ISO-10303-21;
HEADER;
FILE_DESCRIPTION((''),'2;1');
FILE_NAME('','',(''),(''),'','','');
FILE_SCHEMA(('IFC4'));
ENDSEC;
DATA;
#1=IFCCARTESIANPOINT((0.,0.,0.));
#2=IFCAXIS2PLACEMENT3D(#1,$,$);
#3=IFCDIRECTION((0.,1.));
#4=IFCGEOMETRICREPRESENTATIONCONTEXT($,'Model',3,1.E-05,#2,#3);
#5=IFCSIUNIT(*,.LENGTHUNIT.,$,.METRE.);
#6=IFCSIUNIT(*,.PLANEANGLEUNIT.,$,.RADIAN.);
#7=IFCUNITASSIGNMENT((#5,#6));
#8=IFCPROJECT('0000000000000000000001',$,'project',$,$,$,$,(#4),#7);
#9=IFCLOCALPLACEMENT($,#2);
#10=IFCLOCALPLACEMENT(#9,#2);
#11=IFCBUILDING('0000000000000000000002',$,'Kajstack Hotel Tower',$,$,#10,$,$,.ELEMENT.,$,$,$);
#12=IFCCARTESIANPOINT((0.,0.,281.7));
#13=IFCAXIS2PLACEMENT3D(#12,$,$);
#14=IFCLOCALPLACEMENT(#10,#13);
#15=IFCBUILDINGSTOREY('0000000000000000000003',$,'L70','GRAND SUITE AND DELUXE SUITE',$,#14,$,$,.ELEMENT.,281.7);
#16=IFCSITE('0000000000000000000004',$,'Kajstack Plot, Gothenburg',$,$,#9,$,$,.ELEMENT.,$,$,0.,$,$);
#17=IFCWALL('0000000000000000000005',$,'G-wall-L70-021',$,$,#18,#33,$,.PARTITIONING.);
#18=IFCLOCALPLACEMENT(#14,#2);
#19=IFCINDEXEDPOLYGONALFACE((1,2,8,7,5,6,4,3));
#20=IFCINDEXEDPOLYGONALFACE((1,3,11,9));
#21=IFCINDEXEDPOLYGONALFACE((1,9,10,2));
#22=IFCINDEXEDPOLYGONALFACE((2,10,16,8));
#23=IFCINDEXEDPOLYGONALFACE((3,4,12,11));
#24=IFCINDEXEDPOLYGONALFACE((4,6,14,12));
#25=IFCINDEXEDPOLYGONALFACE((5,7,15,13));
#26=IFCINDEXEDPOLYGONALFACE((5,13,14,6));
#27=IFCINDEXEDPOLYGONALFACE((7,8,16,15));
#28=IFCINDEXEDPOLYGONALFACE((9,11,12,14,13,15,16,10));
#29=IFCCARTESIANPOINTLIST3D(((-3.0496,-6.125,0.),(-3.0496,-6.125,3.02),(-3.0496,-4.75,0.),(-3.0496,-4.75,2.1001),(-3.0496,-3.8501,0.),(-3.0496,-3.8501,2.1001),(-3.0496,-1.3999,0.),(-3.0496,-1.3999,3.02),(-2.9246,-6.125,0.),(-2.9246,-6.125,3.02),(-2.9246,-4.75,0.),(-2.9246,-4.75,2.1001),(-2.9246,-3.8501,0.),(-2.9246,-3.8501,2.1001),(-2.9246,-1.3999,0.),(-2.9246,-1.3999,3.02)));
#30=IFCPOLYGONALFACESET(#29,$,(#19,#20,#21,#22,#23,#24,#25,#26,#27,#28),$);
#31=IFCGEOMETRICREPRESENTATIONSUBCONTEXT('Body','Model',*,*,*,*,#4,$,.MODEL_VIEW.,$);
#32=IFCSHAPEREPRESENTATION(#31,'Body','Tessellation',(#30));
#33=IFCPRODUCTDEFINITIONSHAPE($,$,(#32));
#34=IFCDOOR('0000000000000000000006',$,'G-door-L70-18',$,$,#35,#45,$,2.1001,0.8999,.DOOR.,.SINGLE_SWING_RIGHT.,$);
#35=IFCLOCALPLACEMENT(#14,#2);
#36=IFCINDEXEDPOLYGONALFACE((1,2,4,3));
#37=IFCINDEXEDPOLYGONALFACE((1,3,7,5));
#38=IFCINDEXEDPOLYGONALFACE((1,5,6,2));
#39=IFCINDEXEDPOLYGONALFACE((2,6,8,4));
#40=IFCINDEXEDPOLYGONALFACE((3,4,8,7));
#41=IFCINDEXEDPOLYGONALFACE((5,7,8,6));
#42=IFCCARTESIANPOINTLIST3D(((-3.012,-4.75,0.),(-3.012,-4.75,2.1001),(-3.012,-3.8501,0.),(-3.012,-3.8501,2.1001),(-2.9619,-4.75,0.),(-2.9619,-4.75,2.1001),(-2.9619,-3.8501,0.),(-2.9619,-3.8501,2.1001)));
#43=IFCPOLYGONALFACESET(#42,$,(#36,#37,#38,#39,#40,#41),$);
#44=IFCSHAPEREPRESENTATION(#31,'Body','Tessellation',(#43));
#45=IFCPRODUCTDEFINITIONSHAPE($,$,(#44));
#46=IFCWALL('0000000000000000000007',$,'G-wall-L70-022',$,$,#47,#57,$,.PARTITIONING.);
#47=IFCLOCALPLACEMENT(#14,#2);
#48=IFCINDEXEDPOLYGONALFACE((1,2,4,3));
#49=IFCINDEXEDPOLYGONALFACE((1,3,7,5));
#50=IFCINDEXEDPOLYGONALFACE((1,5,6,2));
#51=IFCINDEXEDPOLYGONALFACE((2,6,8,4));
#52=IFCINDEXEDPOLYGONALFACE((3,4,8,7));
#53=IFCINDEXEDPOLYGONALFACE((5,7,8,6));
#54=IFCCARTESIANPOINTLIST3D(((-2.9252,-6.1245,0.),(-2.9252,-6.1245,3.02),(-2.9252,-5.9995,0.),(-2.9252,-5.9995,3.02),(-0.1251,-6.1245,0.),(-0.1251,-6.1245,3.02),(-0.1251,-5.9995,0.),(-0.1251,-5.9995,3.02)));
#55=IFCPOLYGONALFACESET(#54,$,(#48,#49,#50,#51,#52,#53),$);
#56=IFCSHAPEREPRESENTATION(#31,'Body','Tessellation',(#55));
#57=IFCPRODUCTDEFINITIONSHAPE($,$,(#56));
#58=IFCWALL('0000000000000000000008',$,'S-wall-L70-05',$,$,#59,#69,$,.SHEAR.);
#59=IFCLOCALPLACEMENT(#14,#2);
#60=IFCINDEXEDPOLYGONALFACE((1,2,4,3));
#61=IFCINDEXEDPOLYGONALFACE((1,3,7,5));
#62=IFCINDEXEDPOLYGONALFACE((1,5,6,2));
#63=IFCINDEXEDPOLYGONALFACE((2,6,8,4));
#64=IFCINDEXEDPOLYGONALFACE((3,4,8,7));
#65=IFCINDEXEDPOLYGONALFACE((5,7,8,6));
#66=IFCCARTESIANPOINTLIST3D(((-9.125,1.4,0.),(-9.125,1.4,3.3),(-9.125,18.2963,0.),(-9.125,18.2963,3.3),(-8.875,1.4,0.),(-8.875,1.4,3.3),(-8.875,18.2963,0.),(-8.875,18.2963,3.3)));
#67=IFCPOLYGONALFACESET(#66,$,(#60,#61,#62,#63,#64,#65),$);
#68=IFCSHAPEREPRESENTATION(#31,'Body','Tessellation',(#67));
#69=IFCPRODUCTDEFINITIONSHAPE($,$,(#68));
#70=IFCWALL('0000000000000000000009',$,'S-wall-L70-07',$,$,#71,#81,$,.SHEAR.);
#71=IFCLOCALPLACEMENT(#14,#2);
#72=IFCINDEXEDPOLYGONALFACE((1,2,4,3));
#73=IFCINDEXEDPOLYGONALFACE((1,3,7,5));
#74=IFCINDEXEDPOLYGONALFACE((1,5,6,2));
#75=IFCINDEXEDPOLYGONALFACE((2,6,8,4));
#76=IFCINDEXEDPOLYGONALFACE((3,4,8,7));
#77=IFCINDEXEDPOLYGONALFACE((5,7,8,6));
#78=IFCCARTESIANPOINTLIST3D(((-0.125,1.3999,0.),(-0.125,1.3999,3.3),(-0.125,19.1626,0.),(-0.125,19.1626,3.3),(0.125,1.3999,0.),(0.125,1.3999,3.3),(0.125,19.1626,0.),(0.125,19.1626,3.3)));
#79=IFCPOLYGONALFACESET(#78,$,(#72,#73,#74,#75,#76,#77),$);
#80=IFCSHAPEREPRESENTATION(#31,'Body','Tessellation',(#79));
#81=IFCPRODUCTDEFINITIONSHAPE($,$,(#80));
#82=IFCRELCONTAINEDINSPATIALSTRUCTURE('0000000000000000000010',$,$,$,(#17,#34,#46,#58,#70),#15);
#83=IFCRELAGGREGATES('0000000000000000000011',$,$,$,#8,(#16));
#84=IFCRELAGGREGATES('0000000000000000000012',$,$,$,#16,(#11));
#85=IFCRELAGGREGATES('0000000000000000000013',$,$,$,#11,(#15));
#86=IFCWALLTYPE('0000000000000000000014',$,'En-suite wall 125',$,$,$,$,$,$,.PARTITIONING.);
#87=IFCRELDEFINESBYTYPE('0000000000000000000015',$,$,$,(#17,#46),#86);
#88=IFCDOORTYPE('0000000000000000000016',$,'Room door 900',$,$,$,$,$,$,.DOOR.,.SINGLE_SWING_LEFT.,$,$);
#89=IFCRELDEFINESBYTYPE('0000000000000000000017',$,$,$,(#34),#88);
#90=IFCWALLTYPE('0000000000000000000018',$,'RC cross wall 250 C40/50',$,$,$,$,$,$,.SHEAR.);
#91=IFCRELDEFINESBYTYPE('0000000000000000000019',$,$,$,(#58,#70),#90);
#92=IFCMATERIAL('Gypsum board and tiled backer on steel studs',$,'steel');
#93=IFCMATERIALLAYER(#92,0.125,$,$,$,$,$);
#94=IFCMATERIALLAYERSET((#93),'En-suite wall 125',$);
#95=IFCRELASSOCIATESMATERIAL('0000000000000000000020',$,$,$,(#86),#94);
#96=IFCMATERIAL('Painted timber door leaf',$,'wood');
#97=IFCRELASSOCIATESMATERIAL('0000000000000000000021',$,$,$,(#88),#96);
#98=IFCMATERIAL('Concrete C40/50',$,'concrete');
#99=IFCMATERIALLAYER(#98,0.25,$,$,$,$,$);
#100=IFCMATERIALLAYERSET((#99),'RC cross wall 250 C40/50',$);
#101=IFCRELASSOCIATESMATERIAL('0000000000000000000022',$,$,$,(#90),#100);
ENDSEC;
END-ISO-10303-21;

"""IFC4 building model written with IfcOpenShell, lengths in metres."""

from ifc_helpers import new_model, si_unit, direction, frame, frame_2d, origin, place, context, subcontext, project, spatial, rectangle, extrude, material, layer, layer_set, type_object, element, fill, save


model = new_model("IFC4")

# Units and contexts
model_context = context("Model", 3, precision=1e-05, world=origin(), true_north=direction((0.0, 1.0)))
body_context = subcontext(model_context, "Body", "Model", "MODEL_VIEW")
ifc_project = project(units=[si_unit("LENGTHUNIT", "METRE"), si_unit("PLANEANGLEUNIT", "RADIAN")], contexts=[model_context])

# Site, building, storey
site_placement = place(None, origin())
site = spatial("IfcSite", under=ifc_project, at=site_placement, Name="Kajstack Plot, Gothenburg", CompositionType="ELEMENT", RefElevation=0.0)
building_placement = place(site_placement, origin())
building = spatial("IfcBuilding", under=site, at=building_placement, Name="Kajstack Hotel Tower", CompositionType="ELEMENT")
storey_placement = place(building_placement, frame((0.0, 0.0, 281.7)))
storey = spatial("IfcBuildingStorey", under=building, at=storey_placement, Name="L70", Description="GRAND SUITE AND DELUXE SUITE", CompositionType="ELEMENT", Elevation=281.7)

# Shared definitions
ifc_material_1 = material(Name="Concrete C40/50", Category="concrete")

# Shared definitions
ifc_material_2 = material(Name="Gypsum board and tiled backer on steel studs", Category="steel")
ifc_layer_1 = layer(ifc_material_2, 0.125)
ifc_layer_set_1 = layer_set([ifc_layer_1], Name="En-suite wall 125")
wall_type_1 = type_object("IfcWallType", Name="En-suite wall 125", PredefinedType="PARTITIONING", material=ifc_layer_set_1)
ifc_material_3 = material(Name="Painted timber door leaf", Category="wood")
door_type = type_object("IfcDoorType", Name="Room door 900", OperationType="SINGLE_SWING_LEFT", PredefinedType="DOOR", material=ifc_material_3)

# Wall, opening, door
wall_1_placement = place(storey_placement, frame((-2.9871, -6.125, 0.0), z_axis=(0.0, 0.0, 1.0), x_axis=(0.0, 1.0, 0.0)))
wall_1 = element("IfcWall", 1, at=wall_1_placement, inside=storey, type_object=wall_type_1, Name="G-wall-L70-021", PredefinedType="PARTITIONING", context=body_context, shape_type="SweptSolid", body=[
    extrude(rectangle(XDim=4.7251, YDim=0.125, at=frame_2d((2.3625, 0.0))), origin(), (0.0, 0.0, 1.0), 3.02),
])
opening_1_placement = place(wall_1_placement, frame((1.375, 0.0, 0.0)))
opening_1 = element("IfcOpeningElement", 2, at=opening_1_placement, cuts=wall_1, PredefinedType="OPENING", context=body_context, shape_type="SweptSolid", body=[
    extrude(rectangle(XDim=0.8999, YDim=2.1001, at=frame_2d((0.45, 1.05))), frame((0.0, 0.0725, 0.0), z_axis=(0.0, -1.0, 0.0), x_axis=(1.0, 0.0, 0.0)), (0.0, 0.0, 1.0), 0.145),
])
door_1_placement = place(opening_1_placement, origin())
door_1 = element("IfcDoor", 3, at=door_1_placement, inside=storey, type_object=door_type, Name="G-door-L70-18", OperationType="SINGLE_SWING_RIGHT", OverallHeight=2.1001, OverallWidth=0.8999, PredefinedType="DOOR", context=body_context, shape_type="SweptSolid", body=[
    extrude(rectangle(XDim=0.8999, YDim=2.1001, at=frame_2d((0.45, 1.05))), frame((0.0, 0.0249, 0.0), z_axis=(0.0, -1.0, 0.0), x_axis=(1.0, 0.0, 0.0)), (0.0, 0.0, 1.0), 0.05),
])
fill(opening_1, door_1)

# Walls
wall_2_placement = place(storey_placement, frame((-2.925, -6.062, 0.0), z_axis=(0.0, 0.0, 1.0), x_axis=(1.0, 0.0, 0.0)))
element("IfcWall", 4, at=wall_2_placement, inside=storey, type_object=wall_type_1, Name="G-wall-L70-022", PredefinedType="PARTITIONING", context=body_context, shape_type="SweptSolid", body=[
    extrude(rectangle(XDim=2.8, YDim=0.125, at=frame_2d((1.3999, 0.0))), origin(), (0.0, 0.0, 1.0), 3.02),
])
ifc_layer_2 = layer(ifc_material_1, 0.25)
ifc_layer_set_2 = layer_set([ifc_layer_2], Name="RC cross wall 250 C40/50")
wall_type_2 = type_object("IfcWallType", Name="RC cross wall 250 C40/50", PredefinedType="SHEAR", material=ifc_layer_set_2)
wall_3_placement = place(storey_placement, frame((-9.0, 1.3999, 0.0), z_axis=(0.0, 0.0, 1.0), x_axis=(0.0, 1.0, 0.0)))
element("IfcWall", 5, at=wall_3_placement, inside=storey, type_object=wall_type_2, Name="S-wall-L70-05", PredefinedType="SHEAR", context=body_context, shape_type="SweptSolid", body=[
    extrude(rectangle(XDim=16.8962, YDim=0.25, at=frame_2d((8.4482, 0.0))), origin(), (0.0, 0.0, 1.0), 3.3),
])
wall_4_placement = place(storey_placement, frame((0.0, 1.3999, 0.0), z_axis=(0.0, 0.0, 1.0), x_axis=(0.0, 1.0, 0.0)))
element("IfcWall", 6, at=wall_4_placement, inside=storey, type_object=wall_type_2, Name="S-wall-L70-07", PredefinedType="SHEAR", context=body_context, shape_type="SweptSolid", body=[
    extrude(rectangle(XDim=17.7627, YDim=0.25, at=frame_2d((8.8813, 0.0))), origin(), (0.0, 0.0, 1.0), 3.3),
])

save(model, "model.ifc")
